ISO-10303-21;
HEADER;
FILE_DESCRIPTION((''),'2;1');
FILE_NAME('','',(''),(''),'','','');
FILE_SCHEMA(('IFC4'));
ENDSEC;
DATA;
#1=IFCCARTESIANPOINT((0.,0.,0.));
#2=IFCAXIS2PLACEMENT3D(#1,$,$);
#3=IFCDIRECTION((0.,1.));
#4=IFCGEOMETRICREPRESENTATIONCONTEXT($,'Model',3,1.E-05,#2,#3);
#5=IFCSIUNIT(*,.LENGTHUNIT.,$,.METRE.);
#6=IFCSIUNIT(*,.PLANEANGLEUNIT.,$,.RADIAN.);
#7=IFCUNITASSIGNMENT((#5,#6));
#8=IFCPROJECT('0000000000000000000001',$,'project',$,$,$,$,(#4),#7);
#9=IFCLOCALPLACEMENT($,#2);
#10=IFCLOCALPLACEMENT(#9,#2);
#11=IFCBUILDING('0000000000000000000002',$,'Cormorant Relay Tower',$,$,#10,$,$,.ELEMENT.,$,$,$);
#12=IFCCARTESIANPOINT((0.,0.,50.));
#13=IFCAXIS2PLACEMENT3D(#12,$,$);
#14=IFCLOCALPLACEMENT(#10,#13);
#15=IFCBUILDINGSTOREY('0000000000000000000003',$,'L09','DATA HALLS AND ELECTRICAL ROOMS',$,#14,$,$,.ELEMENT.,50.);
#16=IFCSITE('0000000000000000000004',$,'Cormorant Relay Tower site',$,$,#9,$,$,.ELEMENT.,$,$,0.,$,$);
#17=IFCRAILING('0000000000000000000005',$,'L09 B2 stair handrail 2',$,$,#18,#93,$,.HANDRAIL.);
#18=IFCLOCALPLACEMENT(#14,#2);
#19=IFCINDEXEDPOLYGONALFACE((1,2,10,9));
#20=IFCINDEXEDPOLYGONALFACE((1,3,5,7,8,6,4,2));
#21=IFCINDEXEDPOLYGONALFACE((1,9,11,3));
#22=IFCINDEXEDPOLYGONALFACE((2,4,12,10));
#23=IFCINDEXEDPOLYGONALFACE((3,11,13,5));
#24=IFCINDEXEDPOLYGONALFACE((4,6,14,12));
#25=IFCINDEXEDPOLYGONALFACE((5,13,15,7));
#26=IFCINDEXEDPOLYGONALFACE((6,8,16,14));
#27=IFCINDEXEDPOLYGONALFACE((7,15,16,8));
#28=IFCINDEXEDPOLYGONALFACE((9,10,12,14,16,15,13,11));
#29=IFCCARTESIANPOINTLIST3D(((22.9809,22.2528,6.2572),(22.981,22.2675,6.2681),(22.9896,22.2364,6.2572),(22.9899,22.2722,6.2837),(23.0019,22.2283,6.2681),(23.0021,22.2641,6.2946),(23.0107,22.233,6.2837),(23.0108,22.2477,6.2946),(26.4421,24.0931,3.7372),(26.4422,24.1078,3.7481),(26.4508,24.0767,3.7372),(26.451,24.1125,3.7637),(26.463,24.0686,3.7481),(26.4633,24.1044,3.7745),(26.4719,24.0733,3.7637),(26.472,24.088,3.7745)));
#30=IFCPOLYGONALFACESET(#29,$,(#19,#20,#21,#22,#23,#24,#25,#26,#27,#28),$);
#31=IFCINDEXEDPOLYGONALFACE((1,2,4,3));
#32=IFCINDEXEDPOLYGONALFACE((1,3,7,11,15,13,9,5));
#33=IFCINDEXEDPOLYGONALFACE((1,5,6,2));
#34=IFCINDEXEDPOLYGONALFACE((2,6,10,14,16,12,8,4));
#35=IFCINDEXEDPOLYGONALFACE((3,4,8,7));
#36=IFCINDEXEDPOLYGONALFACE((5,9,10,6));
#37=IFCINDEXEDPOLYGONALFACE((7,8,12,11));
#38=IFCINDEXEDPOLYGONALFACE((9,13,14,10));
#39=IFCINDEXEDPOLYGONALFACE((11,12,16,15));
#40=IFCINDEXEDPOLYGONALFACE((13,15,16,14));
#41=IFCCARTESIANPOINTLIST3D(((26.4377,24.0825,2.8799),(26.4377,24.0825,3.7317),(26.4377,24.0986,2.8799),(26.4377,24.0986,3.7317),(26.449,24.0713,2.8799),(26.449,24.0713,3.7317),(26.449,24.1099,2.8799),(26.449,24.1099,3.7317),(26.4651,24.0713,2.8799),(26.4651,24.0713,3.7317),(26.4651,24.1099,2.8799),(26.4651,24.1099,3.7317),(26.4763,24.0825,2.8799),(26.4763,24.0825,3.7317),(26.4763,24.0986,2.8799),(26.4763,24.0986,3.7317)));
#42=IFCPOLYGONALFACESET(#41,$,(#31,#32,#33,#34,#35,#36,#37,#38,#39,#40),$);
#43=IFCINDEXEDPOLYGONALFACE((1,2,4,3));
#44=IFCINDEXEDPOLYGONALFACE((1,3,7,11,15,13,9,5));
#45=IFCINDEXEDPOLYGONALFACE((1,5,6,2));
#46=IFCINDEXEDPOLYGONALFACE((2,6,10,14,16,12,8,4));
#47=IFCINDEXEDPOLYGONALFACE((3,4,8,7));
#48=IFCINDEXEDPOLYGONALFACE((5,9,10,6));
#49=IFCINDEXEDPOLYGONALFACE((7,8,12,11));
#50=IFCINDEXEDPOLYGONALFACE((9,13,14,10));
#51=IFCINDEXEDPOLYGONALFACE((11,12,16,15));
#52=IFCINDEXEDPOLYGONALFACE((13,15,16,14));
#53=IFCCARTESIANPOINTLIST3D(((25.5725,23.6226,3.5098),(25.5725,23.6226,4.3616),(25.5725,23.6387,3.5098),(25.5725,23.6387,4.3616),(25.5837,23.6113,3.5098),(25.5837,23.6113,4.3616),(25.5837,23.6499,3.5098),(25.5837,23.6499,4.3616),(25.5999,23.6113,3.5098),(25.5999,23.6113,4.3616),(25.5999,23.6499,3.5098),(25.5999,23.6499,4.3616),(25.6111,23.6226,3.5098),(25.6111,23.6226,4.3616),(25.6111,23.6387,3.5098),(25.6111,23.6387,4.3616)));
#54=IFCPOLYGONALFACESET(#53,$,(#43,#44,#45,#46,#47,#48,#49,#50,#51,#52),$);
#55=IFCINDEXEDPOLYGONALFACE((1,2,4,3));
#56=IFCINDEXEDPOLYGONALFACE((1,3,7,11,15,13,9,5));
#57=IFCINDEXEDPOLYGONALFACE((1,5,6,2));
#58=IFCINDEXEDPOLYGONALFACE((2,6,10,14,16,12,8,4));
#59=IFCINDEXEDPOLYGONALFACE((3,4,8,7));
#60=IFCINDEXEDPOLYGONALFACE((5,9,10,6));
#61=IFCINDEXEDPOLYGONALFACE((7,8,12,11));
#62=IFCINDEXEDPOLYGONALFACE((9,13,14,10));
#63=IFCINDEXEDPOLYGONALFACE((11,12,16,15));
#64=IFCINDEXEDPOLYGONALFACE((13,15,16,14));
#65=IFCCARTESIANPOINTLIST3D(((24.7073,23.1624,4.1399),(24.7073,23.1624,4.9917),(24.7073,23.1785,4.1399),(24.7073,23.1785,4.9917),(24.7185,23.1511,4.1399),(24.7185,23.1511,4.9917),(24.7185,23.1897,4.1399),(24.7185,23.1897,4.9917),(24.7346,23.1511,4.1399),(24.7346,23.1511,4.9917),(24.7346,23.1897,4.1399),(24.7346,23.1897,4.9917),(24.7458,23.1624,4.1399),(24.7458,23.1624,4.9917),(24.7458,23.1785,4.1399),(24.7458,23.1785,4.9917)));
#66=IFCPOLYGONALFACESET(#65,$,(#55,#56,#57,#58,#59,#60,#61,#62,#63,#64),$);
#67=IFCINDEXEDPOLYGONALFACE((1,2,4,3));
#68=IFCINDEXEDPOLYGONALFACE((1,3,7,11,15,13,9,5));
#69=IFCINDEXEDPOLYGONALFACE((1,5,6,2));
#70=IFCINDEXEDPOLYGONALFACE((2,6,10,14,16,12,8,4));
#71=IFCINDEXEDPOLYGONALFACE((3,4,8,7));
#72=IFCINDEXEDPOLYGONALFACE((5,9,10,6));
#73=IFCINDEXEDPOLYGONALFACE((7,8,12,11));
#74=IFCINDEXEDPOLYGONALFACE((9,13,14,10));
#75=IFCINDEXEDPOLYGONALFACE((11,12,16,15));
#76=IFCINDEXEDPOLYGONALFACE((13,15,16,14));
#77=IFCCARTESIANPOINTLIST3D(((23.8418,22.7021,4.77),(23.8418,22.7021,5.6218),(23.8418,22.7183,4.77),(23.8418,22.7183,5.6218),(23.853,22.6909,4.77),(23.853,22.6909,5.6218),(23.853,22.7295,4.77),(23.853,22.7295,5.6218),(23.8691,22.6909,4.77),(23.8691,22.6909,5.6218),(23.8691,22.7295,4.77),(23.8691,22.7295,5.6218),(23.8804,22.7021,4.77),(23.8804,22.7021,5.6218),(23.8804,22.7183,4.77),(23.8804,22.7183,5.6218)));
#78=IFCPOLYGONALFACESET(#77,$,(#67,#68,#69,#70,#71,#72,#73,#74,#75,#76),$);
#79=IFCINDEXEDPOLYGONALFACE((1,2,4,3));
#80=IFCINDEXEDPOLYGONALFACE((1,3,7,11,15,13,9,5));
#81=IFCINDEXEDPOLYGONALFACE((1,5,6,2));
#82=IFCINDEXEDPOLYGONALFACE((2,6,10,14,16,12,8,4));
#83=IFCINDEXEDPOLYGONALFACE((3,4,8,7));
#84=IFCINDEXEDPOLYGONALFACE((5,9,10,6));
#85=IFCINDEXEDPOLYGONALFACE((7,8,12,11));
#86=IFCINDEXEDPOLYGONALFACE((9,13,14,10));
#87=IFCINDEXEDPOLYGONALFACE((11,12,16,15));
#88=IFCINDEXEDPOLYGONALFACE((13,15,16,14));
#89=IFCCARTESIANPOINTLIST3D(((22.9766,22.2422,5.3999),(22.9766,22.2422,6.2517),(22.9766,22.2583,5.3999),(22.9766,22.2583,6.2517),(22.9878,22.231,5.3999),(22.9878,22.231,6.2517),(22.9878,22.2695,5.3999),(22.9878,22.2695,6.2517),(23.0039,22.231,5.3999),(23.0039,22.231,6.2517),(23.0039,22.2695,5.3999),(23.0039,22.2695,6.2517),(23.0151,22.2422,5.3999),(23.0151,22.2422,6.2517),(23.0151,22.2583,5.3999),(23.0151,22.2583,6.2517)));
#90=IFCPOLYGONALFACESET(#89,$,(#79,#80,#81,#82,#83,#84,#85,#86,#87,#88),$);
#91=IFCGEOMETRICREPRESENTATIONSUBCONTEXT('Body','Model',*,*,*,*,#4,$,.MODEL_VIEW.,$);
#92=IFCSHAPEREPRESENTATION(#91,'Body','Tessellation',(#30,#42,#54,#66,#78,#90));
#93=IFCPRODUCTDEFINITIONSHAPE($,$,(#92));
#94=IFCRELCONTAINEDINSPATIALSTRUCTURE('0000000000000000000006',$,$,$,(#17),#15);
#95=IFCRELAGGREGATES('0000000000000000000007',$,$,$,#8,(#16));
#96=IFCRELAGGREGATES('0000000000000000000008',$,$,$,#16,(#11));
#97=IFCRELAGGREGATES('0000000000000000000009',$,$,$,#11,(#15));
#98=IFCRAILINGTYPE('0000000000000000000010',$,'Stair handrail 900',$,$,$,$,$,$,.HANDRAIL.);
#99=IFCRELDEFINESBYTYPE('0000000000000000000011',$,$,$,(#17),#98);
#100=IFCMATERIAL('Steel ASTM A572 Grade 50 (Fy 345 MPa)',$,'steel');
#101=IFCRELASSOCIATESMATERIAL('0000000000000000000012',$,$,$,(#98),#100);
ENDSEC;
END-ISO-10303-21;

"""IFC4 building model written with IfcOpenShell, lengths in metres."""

from ifc_helpers import new_model, si_unit, direction, frame, origin, place, context, subcontext, project, spatial, polyline, outline, extrude, material, type_object, element, save


model = new_model("IFC4")

# Units and contexts
model_context = context("Model", 3, precision=1e-05, world=origin(), true_north=direction((0.0, 1.0)))
body_context = subcontext(model_context, "Body", "Model", "MODEL_VIEW")
ifc_project = project(units=[si_unit("LENGTHUNIT", "METRE"), si_unit("PLANEANGLEUNIT", "RADIAN")], contexts=[model_context])

# Site, building, storey
site_placement = place(None, origin())
site = spatial("IfcSite", under=ifc_project, at=site_placement, Name="Cormorant Relay Tower site", CompositionType="ELEMENT", RefElevation=0.0)
building_placement = place(site_placement, origin())
building = spatial("IfcBuilding", under=site, at=building_placement, Name="Cormorant Relay Tower", CompositionType="ELEMENT")
storey_placement = place(building_placement, frame((0.0, 0.0, 50.0)))
storey = spatial("IfcBuildingStorey", under=building, at=storey_placement, Name="L09", Description="DATA HALLS AND ELECTRICAL ROOMS", CompositionType="ELEMENT", Elevation=50.0)

# Railing
ifc_material_1 = material(Name="Steel ASTM A572 Grade 50 (Fy 345 MPa)", Category="steel")
railing_type_1 = type_object("IfcRailingType", Name="Stair handrail 900", PredefinedType="HANDRAIL", material=ifc_material_1)
railing_1_placement = place(storey_placement, frame((26.457, 24.0906, 2.8799)))
element("IfcRailing", 1, at=railing_1_placement, inside=storey, type_object=railing_type_1, Name="L09 B2 stair handrail 2", PredefinedType="HANDRAIL", context=body_context, shape_type="SweptSolid", body=[
    extrude(outline(polyline([(0.0222, 0.0093), (0.0093, 0.0222), (-0.0093, 0.0222), (-0.0222, 0.0093), (-0.0222, -0.0093), (-0.0093, -0.0222), (0.0093, -0.0222), (0.0222, -0.0093), (0.0222, 0.0093)])), frame((0.0, 0.0, 0.876), z_axis=(-0.742717, -0.394907, 0.540758), x_axis=(0.469469, -0.882949, 0.0)), (0.0, 0.0, 1.0), 4.6602),
    extrude(outline(polyline([(0.0193, 0.0081), (0.0081, 0.0193), (-0.0081, 0.0193), (-0.0193, 0.0081), (-0.0193, -0.0081), (-0.0081, -0.0193), (0.0081, -0.0193), (0.0193, -0.0081), (0.0193, 0.0081)])), origin(), (0.0, 0.0, 1.0), 0.8518),
    extrude(outline(polyline([(0.0193, 0.0081), (0.0081, 0.0193), (-0.0081, 0.0193), (-0.0193, 0.0081), (-0.0193, -0.0081), (-0.0081, -0.0193), (0.0081, -0.0193), (0.0193, -0.0081), (0.0193, 0.0081)])), frame((-0.8652, -0.46, 0.6299)), (0.0, 0.0, 1.0), 0.8518),
    extrude(outline(polyline([(0.0193, 0.0081), (0.0081, 0.0193), (-0.0081, 0.0193), (-0.0193, 0.0081), (-0.0193, -0.0081), (-0.0081, -0.0193), (0.0081, -0.0193), (0.0193, -0.0081), (0.0193, 0.0081)])), frame((-1.7305, -0.9202, 1.26)), (0.0, 0.0, 1.0), 0.8518),
    extrude(outline(polyline([(0.0193, 0.0081), (0.0081, 0.0193), (-0.0081, 0.0193), (-0.0193, 0.0081), (-0.0193, -0.0081), (-0.0081, -0.0193), (0.0081, -0.0193), (0.0193, -0.0081), (0.0193, 0.0081)])), frame((-2.5959, -1.3804, 1.8901)), (0.0, 0.0, 1.0), 0.8518),
    extrude(outline(polyline([(0.0193, 0.0081), (0.0081, 0.0193), (-0.0081, 0.0193), (-0.0193, 0.0081), (-0.0193, -0.0081), (-0.0081, -0.0193), (0.0081, -0.0193), (0.0193, -0.0081), (0.0193, 0.0081)])), frame((-3.4612, -1.8403, 2.52)), (0.0, 0.0, 1.0), 0.8518),
])

save(model, "model.ifc")
